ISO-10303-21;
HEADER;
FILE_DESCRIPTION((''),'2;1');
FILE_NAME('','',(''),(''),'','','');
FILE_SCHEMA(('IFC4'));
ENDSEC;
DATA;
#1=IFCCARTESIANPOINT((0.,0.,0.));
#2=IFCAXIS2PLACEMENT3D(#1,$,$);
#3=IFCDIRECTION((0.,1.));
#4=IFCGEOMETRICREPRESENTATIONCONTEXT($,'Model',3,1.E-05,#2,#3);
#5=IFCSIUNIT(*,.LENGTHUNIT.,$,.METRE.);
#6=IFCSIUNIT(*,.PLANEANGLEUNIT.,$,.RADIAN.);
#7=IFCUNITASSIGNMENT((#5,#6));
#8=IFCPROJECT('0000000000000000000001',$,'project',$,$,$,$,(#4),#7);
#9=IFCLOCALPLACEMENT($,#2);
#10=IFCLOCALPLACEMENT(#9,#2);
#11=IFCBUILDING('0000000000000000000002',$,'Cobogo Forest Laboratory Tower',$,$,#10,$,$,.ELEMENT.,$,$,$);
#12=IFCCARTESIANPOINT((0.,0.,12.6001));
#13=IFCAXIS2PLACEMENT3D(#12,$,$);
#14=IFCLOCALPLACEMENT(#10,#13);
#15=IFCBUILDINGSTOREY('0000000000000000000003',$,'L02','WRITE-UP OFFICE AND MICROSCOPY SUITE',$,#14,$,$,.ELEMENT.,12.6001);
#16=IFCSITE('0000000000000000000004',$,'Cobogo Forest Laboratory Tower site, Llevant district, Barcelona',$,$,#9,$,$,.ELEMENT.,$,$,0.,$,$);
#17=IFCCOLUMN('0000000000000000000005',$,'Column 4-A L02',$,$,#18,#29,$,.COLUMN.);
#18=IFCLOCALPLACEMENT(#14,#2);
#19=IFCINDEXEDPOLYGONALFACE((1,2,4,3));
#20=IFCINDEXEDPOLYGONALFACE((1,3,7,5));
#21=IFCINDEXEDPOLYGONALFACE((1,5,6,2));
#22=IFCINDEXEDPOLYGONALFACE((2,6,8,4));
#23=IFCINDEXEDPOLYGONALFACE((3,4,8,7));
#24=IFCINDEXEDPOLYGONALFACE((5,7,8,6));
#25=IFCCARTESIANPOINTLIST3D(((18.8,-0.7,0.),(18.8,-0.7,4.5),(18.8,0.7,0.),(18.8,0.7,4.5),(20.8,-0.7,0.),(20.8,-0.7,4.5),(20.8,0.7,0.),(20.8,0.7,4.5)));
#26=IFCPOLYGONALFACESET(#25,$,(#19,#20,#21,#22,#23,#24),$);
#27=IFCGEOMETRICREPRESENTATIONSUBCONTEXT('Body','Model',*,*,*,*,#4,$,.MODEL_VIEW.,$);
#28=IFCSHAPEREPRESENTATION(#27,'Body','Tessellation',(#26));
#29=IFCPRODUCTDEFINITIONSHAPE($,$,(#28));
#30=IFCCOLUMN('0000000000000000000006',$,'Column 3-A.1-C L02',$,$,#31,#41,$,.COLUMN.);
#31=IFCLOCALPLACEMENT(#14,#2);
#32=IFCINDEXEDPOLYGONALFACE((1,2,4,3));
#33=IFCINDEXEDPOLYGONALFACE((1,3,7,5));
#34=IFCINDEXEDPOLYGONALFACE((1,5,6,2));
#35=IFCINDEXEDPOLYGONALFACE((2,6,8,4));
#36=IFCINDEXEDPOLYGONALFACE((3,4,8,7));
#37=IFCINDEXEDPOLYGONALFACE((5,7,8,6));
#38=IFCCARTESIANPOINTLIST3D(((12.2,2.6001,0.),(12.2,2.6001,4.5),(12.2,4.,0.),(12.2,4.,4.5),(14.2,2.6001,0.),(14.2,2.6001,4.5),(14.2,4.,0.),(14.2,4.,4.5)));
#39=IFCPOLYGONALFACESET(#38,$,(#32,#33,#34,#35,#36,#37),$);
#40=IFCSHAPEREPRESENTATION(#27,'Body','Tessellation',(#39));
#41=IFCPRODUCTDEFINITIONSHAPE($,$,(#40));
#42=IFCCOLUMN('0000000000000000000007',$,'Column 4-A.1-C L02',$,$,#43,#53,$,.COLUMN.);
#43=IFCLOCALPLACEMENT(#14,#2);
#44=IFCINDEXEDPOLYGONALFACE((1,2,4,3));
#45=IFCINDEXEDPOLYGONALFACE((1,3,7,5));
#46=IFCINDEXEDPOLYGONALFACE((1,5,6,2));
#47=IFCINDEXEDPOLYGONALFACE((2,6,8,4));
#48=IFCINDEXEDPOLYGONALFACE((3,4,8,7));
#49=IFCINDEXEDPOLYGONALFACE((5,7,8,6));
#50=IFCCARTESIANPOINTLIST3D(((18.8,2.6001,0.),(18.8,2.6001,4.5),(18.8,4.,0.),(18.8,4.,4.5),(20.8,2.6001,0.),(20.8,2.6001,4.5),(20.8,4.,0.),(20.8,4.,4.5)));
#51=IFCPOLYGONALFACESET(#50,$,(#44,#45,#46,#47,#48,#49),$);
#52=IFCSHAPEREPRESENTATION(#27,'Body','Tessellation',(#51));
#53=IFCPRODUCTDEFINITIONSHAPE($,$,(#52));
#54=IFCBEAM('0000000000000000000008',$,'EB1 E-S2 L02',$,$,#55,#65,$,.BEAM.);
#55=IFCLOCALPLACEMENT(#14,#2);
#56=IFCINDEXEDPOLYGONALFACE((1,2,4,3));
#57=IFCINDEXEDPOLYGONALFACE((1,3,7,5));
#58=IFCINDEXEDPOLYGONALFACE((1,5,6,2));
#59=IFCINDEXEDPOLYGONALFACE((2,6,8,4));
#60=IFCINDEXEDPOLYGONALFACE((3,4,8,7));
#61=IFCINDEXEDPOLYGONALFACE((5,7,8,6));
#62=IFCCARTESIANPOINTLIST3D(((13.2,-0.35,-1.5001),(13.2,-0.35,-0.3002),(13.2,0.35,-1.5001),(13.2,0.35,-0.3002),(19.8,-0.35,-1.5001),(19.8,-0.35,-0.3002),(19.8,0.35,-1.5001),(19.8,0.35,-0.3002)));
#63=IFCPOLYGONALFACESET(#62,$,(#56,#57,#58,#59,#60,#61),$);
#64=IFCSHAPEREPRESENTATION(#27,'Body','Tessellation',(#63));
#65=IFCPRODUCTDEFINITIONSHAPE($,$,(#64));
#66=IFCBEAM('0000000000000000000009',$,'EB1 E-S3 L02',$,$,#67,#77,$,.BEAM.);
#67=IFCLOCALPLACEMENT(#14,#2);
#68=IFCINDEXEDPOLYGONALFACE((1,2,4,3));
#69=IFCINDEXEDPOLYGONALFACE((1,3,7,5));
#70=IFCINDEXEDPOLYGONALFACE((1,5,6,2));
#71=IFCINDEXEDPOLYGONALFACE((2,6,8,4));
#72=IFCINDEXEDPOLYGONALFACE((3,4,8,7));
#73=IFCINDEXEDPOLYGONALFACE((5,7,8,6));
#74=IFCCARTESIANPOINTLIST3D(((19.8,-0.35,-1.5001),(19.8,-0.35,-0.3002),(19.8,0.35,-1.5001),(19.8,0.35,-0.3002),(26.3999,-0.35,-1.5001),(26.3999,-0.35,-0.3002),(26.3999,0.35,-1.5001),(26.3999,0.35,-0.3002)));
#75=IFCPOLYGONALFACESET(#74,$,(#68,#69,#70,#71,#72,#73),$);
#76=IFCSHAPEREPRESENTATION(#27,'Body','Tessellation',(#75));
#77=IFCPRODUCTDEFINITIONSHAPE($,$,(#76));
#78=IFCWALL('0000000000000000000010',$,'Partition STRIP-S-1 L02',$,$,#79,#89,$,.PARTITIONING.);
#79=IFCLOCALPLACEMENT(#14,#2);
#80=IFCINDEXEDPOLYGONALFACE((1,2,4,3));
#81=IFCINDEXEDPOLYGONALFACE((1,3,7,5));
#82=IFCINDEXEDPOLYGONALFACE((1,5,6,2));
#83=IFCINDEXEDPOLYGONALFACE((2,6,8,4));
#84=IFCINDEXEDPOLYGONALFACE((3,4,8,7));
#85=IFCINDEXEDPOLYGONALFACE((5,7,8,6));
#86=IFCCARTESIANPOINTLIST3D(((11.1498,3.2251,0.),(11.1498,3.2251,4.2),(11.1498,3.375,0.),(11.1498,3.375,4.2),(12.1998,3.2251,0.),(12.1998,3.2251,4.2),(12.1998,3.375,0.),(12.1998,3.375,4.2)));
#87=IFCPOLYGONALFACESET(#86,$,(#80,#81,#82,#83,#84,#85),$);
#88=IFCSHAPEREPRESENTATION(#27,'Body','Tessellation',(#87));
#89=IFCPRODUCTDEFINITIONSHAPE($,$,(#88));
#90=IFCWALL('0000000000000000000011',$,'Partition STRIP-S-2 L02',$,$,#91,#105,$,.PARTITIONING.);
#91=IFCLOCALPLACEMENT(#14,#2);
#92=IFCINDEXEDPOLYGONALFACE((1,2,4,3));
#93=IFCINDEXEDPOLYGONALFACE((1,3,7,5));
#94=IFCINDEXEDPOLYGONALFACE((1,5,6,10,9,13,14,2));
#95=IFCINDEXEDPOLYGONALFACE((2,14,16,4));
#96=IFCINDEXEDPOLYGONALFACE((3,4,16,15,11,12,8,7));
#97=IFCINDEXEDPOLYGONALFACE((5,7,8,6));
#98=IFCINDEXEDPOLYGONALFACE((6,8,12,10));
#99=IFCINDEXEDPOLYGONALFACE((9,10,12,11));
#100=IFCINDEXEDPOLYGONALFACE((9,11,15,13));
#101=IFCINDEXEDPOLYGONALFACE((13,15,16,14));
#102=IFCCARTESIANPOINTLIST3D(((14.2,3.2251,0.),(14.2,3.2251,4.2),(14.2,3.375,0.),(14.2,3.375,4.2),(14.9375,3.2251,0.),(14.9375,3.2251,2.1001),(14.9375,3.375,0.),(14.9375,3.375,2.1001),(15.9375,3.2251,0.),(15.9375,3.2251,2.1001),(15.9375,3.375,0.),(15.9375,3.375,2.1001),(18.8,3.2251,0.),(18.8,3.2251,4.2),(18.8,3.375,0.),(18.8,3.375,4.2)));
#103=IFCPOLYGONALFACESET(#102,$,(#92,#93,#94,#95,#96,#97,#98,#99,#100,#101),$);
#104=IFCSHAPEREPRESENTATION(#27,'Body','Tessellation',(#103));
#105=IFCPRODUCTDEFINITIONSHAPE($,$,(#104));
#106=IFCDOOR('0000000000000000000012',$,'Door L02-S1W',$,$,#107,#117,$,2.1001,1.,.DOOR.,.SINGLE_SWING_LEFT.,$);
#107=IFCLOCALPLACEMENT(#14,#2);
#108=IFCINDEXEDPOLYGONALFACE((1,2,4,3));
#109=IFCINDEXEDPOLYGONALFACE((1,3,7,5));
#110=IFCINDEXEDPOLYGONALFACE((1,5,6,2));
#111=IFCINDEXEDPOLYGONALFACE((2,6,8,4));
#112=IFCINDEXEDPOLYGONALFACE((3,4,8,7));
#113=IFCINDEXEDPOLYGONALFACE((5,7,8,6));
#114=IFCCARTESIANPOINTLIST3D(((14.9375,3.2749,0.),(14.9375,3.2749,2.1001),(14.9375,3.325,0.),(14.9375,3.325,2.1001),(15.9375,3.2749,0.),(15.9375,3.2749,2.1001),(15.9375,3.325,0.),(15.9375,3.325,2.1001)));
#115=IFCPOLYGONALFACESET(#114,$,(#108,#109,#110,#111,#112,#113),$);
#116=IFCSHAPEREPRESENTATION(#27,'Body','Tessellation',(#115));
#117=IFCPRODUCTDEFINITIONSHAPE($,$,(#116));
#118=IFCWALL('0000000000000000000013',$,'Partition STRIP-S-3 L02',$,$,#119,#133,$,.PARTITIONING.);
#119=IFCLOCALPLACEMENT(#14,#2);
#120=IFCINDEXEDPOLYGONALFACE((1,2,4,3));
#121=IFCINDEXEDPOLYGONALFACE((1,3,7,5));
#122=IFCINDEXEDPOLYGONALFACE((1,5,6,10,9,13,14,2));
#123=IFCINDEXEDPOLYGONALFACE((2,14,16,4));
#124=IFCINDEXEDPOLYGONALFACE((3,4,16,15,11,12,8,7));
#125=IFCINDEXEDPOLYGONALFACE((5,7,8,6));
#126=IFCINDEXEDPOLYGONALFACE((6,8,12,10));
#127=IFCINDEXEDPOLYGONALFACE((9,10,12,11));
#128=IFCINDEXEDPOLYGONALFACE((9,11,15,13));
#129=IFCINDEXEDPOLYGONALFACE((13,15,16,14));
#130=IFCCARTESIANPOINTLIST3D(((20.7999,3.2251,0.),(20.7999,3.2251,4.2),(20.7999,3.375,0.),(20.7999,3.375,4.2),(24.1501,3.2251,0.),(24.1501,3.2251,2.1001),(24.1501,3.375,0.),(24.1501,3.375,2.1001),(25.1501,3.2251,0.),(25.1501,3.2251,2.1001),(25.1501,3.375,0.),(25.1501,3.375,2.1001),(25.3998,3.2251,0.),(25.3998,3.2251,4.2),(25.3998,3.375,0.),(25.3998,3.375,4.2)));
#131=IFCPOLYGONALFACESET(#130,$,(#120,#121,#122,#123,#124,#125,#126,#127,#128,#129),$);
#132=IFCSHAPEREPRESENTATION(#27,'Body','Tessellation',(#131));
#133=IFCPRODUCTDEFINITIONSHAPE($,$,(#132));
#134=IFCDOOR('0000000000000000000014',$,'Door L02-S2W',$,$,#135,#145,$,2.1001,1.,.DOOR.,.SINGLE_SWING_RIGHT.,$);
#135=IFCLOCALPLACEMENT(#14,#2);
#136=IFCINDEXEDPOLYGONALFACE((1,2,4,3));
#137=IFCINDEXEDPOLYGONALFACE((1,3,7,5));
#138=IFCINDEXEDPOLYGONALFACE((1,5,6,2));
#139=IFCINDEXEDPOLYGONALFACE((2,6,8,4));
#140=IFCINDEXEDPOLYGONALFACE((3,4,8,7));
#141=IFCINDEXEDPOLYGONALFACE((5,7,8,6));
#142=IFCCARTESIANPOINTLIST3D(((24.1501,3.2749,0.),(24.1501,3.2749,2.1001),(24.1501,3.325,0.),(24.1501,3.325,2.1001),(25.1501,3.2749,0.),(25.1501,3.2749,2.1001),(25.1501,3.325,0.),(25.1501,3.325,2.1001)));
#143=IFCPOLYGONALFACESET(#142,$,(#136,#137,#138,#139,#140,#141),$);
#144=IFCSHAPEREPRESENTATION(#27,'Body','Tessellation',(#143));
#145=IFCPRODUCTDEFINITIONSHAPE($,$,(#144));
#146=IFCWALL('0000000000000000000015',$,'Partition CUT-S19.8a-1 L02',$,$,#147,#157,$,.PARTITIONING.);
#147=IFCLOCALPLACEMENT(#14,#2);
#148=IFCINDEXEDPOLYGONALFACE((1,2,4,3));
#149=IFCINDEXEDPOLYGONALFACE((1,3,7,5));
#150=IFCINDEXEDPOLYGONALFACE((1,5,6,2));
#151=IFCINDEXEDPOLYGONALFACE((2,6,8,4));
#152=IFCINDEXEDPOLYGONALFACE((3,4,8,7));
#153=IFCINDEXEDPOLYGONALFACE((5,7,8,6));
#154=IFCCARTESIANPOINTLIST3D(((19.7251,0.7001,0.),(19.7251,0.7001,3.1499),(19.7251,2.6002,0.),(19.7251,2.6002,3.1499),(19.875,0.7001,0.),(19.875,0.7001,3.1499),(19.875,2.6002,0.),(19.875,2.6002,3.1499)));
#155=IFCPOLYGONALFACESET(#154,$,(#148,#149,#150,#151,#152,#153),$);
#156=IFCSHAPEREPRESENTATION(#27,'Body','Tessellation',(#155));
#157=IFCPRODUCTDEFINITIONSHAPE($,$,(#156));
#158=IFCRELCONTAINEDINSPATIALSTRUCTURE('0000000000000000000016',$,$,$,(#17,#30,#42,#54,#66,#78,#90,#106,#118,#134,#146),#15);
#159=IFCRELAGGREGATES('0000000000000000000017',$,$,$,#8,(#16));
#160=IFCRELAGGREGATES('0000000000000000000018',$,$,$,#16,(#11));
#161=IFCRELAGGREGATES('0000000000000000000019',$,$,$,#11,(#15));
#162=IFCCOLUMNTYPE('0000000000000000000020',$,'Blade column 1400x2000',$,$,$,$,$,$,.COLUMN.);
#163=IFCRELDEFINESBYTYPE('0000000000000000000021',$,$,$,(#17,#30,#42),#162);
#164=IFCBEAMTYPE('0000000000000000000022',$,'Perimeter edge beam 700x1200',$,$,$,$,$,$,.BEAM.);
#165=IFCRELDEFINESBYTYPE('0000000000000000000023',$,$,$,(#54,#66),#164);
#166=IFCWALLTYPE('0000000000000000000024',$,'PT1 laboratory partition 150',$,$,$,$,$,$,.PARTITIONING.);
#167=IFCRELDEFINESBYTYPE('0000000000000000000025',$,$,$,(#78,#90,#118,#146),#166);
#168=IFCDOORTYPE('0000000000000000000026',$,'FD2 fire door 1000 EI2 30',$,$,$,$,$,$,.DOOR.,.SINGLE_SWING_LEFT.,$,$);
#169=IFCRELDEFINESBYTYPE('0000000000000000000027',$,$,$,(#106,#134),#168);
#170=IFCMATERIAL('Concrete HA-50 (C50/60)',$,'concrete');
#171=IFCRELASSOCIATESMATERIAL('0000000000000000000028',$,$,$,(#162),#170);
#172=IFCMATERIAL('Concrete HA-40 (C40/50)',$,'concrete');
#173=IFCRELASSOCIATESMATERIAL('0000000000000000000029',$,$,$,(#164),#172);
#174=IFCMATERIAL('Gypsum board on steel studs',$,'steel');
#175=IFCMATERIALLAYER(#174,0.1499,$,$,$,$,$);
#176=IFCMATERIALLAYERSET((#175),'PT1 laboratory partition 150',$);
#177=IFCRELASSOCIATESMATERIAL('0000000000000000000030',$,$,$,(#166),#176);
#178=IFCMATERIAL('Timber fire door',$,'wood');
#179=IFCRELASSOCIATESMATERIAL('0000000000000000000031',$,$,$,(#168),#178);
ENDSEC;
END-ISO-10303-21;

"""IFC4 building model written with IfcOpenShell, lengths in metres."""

from ifc_helpers import new_model, si_unit, direction, frame, frame_2d, origin, origin_2d, place, context, subcontext, project, spatial, rectangle, extrude, material, layer, layer_set, material_profile, profile_set, type_object, element, fill, save


model = new_model("IFC4")

# Units and contexts
model_context = context("Model", 3, precision=1e-05, world=origin(), true_north=direction((0.0, 1.0)))
body_context = subcontext(model_context, "Body", "Model", "MODEL_VIEW")
ifc_project = project(units=[si_unit("LENGTHUNIT", "METRE"), si_unit("PLANEANGLEUNIT", "RADIAN")], contexts=[model_context])

# Site, building, storey
site_placement = place(None, origin())
site = spatial("IfcSite", under=ifc_project, at=site_placement, Name="Cobogo Forest Laboratory Tower site, Llevant district, Barcelona", CompositionType="ELEMENT", RefElevation=0.0)
building_placement = place(site_placement, origin())
building = spatial("IfcBuilding", under=site, at=building_placement, Name="Cobogo Forest Laboratory Tower", CompositionType="ELEMENT")
storey_placement = place(building_placement, frame((0.0, 0.0, 12.6001)))
storey = spatial("IfcBuildingStorey", under=building, at=storey_placement, Name="L02", Description="WRITE-UP OFFICE AND MICROSCOPY SUITE", CompositionType="ELEMENT", Elevation=12.6001)

# Columns
ifc_material_1 = material(Name="Concrete HA-50 (C50/60)", Category="concrete")
ifc_material_profile_1 = material_profile(ifc_material_1, rectangle(XDim=2.0, YDim=1.3999, at=origin_2d()), Name="RC 1400x2000")
ifc_profile_set_1 = profile_set([ifc_material_profile_1], Name="Concrete HA-50 (C50/60)")
column_type = type_object("IfcColumnType", Name="Blade column 1400x2000", PredefinedType="COLUMN", material=ifc_profile_set_1)
for number, where, z_axis, x_axis, name in (
    (1, (19.8, 0.0, 0.0), (0.0, 0.0, 1.0), (1.0, 0.0, 0.0), "Column 4-A L02"),
    (2, (13.2, 3.3, 0.0), (0.0, 0.0, 1.0), (1.0, 0.0, 0.0), "Column 3-A.1-C L02"),
    (3, (19.8, 3.3, 0.0), (0.0, 0.0, 1.0), (1.0, 0.0, 0.0), "Column 4-A.1-C L02"),
):
    element("IfcColumn", number, at=place(storey_placement, frame(where, z_axis=z_axis, x_axis=x_axis)), inside=storey, type_object=column_type, Name=name, PredefinedType="COLUMN", context=body_context, shape_type="SweptSolid", body=[
        extrude(rectangle(XDim=2.0, YDim=1.3999, at=origin_2d()), origin(), (0.0, 0.0, 1.0), 4.5),
    ])

# Beams
ifc_material_2 = material(Name="Concrete HA-40 (C40/50)", Category="concrete")
ifc_material_profile_2 = material_profile(ifc_material_2, rectangle(XDim=0.7, YDim=1.2, at=origin_2d()), Name="RC 700x1200")
ifc_profile_set_2 = profile_set([ifc_material_profile_2], Name="Concrete HA-40 (C40/50)")
beam_type = type_object("IfcBeamType", Name="Perimeter edge beam 700x1200", PredefinedType="BEAM", material=ifc_profile_set_2)
beam_1_placement = place(storey_placement, frame((13.2, 0.0, -0.9001), z_axis=(1.0, 0.0, 0.0), x_axis=(0.0, 1.0, 0.0)))
element("IfcBeam", 4, at=beam_1_placement, inside=storey, type_object=beam_type, Name="EB1 E-S2 L02", PredefinedType="BEAM", context=body_context, shape_type="SweptSolid", body=[
    extrude(rectangle(XDim=0.7, YDim=1.2, at=origin_2d()), origin(), (0.0, 0.0, 1.0), 6.6001),
])
beam_2_placement = place(storey_placement, frame((19.8, 0.0, -0.9001), z_axis=(1.0, 0.0, 0.0), x_axis=(0.0, 1.0, 0.0)))
element("IfcBeam", 5, at=beam_2_placement, inside=storey, type_object=beam_type, Name="EB1 E-S3 L02", PredefinedType="BEAM", context=body_context, shape_type="SweptSolid", body=[
    extrude(rectangle(XDim=0.7, YDim=1.2, at=origin_2d()), origin(), (0.0, 0.0, 1.0), 6.5999),
])

# Wall
ifc_material_3 = material(Name="Gypsum board on steel studs", Category="steel")
ifc_layer = layer(ifc_material_3, 0.1499)
ifc_layer_set = layer_set([ifc_layer], Name="PT1 laboratory partition 150")
wall_type = type_object("IfcWallType", Name="PT1 laboratory partition 150", PredefinedType="PARTITIONING", material=ifc_layer_set)
wall_1_placement = place(storey_placement, frame((11.1499, 3.3, 0.0), z_axis=(0.0, 0.0, 1.0), x_axis=(1.0, 0.0, 0.0)))
element("IfcWall", 6, at=wall_1_placement, inside=storey, type_object=wall_type, Name="Partition STRIP-S-1 L02", PredefinedType="PARTITIONING", context=body_context, shape_type="SweptSolid", body=[
    extrude(rectangle(XDim=1.05, YDim=0.1499, at=frame_2d((0.5249, 0.0))), origin(), (0.0, 0.0, 1.0), 4.2),
])

# Walls, openings, doors
wall_2_placement = place(storey_placement, frame((14.2, 3.3, 0.0), z_axis=(0.0, 0.0, 1.0), x_axis=(1.0, 0.0, 0.0)))
wall_2 = element("IfcWall", 7, at=wall_2_placement, inside=storey, type_object=wall_type, Name="Partition STRIP-S-2 L02", PredefinedType="PARTITIONING", context=body_context, shape_type="SweptSolid", body=[
    extrude(rectangle(XDim=4.6001, YDim=0.1499, at=frame_2d((2.3, 0.0))), origin(), (0.0, 0.0, 1.0), 4.2),
])
opening_1_placement = place(wall_2_placement, frame((0.7375, 0.0, 0.0)))
opening_1 = element("IfcOpeningElement", 8, at=opening_1_placement, cuts=wall_2, PredefinedType="OPENING", context=body_context, shape_type="SweptSolid", body=[
    extrude(rectangle(XDim=1.0, YDim=2.1001, at=frame_2d((0.5, 1.05))), frame((0.0, 0.085, 0.0), z_axis=(0.0, -1.0, 0.0), x_axis=(1.0, 0.0, 0.0)), (0.0, 0.0, 1.0), 0.1699),
])
ifc_material_4 = material(Name="Timber fire door", Category="wood")
door_type = type_object("IfcDoorType", Name="FD2 fire door 1000 EI2 30", OperationType="SINGLE_SWING_LEFT", PredefinedType="DOOR", material=ifc_material_4)
door_1_placement = place(opening_1_placement, origin())
door_1 = element("IfcDoor", 9, at=door_1_placement, inside=storey, type_object=door_type, Name="Door L02-S1W", OperationType="SINGLE_SWING_LEFT", OverallHeight=2.1001, OverallWidth=1.0, PredefinedType="DOOR", context=body_context, shape_type="SweptSolid", body=[
    extrude(rectangle(XDim=1.0, YDim=2.1001, at=frame_2d((0.5, 1.05))), frame((0.0, 0.0249, 0.0), z_axis=(0.0, -1.0, 0.0), x_axis=(1.0, 0.0, 0.0)), (0.0, 0.0, 1.0), 0.05),
])
fill(opening_1, door_1)
wall_3_placement = place(storey_placement, frame((20.8, 3.3, 0.0), z_axis=(0.0, 0.0, 1.0), x_axis=(1.0, 0.0, 0.0)))
wall_3 = element("IfcWall", 10, at=wall_3_placement, inside=storey, type_object=wall_type, Name="Partition STRIP-S-3 L02", PredefinedType="PARTITIONING", context=body_context, shape_type="SweptSolid", body=[
    extrude(rectangle(XDim=4.5999, YDim=0.1499, at=frame_2d((2.2998, 0.0))), origin(), (0.0, 0.0, 1.0), 4.2),
])
opening_2_placement = place(wall_3_placement, frame((3.3501, 0.0, 0.0)))
opening_2 = element("IfcOpeningElement", 11, at=opening_2_placement, cuts=wall_3, PredefinedType="OPENING", context=body_context, shape_type="SweptSolid", body=[
    extrude(rectangle(XDim=1.0, YDim=2.1001, at=frame_2d((0.5, 1.05))), frame((0.0, 0.085, 0.0), z_axis=(0.0, -1.0, 0.0), x_axis=(1.0, 0.0, 0.0)), (0.0, 0.0, 1.0), 0.1699),
])
door_2_placement = place(opening_2_placement, origin())
door_2 = element("IfcDoor", 12, at=door_2_placement, inside=storey, type_object=door_type, Name="Door L02-S2W", OperationType="SINGLE_SWING_RIGHT", OverallHeight=2.1001, OverallWidth=1.0, PredefinedType="DOOR", context=body_context, shape_type="SweptSolid", body=[
    extrude(rectangle(XDim=1.0, YDim=2.1001, at=frame_2d((0.5, 1.05))), frame((0.0, 0.0249, 0.0), z_axis=(0.0, -1.0, 0.0), x_axis=(1.0, 0.0, 0.0)), (0.0, 0.0, 1.0), 0.05),
])
fill(opening_2, door_2)

# Wall
wall_4_placement = place(storey_placement, frame((19.8, 0.7, 0.0), z_axis=(0.0, 0.0, 1.0), x_axis=(0.0, 1.0, 0.0)))
element("IfcWall", 13, at=wall_4_placement, inside=storey, type_object=wall_type, Name="Partition CUT-S19.8a-1 L02", PredefinedType="PARTITIONING", context=body_context, shape_type="SweptSolid", body=[
    extrude(rectangle(XDim=1.9001, YDim=0.1499, at=frame_2d((0.9502, 0.0))), origin(), (0.0, 0.0, 1.0), 3.1499),
])

save(model, "model.ifc")
